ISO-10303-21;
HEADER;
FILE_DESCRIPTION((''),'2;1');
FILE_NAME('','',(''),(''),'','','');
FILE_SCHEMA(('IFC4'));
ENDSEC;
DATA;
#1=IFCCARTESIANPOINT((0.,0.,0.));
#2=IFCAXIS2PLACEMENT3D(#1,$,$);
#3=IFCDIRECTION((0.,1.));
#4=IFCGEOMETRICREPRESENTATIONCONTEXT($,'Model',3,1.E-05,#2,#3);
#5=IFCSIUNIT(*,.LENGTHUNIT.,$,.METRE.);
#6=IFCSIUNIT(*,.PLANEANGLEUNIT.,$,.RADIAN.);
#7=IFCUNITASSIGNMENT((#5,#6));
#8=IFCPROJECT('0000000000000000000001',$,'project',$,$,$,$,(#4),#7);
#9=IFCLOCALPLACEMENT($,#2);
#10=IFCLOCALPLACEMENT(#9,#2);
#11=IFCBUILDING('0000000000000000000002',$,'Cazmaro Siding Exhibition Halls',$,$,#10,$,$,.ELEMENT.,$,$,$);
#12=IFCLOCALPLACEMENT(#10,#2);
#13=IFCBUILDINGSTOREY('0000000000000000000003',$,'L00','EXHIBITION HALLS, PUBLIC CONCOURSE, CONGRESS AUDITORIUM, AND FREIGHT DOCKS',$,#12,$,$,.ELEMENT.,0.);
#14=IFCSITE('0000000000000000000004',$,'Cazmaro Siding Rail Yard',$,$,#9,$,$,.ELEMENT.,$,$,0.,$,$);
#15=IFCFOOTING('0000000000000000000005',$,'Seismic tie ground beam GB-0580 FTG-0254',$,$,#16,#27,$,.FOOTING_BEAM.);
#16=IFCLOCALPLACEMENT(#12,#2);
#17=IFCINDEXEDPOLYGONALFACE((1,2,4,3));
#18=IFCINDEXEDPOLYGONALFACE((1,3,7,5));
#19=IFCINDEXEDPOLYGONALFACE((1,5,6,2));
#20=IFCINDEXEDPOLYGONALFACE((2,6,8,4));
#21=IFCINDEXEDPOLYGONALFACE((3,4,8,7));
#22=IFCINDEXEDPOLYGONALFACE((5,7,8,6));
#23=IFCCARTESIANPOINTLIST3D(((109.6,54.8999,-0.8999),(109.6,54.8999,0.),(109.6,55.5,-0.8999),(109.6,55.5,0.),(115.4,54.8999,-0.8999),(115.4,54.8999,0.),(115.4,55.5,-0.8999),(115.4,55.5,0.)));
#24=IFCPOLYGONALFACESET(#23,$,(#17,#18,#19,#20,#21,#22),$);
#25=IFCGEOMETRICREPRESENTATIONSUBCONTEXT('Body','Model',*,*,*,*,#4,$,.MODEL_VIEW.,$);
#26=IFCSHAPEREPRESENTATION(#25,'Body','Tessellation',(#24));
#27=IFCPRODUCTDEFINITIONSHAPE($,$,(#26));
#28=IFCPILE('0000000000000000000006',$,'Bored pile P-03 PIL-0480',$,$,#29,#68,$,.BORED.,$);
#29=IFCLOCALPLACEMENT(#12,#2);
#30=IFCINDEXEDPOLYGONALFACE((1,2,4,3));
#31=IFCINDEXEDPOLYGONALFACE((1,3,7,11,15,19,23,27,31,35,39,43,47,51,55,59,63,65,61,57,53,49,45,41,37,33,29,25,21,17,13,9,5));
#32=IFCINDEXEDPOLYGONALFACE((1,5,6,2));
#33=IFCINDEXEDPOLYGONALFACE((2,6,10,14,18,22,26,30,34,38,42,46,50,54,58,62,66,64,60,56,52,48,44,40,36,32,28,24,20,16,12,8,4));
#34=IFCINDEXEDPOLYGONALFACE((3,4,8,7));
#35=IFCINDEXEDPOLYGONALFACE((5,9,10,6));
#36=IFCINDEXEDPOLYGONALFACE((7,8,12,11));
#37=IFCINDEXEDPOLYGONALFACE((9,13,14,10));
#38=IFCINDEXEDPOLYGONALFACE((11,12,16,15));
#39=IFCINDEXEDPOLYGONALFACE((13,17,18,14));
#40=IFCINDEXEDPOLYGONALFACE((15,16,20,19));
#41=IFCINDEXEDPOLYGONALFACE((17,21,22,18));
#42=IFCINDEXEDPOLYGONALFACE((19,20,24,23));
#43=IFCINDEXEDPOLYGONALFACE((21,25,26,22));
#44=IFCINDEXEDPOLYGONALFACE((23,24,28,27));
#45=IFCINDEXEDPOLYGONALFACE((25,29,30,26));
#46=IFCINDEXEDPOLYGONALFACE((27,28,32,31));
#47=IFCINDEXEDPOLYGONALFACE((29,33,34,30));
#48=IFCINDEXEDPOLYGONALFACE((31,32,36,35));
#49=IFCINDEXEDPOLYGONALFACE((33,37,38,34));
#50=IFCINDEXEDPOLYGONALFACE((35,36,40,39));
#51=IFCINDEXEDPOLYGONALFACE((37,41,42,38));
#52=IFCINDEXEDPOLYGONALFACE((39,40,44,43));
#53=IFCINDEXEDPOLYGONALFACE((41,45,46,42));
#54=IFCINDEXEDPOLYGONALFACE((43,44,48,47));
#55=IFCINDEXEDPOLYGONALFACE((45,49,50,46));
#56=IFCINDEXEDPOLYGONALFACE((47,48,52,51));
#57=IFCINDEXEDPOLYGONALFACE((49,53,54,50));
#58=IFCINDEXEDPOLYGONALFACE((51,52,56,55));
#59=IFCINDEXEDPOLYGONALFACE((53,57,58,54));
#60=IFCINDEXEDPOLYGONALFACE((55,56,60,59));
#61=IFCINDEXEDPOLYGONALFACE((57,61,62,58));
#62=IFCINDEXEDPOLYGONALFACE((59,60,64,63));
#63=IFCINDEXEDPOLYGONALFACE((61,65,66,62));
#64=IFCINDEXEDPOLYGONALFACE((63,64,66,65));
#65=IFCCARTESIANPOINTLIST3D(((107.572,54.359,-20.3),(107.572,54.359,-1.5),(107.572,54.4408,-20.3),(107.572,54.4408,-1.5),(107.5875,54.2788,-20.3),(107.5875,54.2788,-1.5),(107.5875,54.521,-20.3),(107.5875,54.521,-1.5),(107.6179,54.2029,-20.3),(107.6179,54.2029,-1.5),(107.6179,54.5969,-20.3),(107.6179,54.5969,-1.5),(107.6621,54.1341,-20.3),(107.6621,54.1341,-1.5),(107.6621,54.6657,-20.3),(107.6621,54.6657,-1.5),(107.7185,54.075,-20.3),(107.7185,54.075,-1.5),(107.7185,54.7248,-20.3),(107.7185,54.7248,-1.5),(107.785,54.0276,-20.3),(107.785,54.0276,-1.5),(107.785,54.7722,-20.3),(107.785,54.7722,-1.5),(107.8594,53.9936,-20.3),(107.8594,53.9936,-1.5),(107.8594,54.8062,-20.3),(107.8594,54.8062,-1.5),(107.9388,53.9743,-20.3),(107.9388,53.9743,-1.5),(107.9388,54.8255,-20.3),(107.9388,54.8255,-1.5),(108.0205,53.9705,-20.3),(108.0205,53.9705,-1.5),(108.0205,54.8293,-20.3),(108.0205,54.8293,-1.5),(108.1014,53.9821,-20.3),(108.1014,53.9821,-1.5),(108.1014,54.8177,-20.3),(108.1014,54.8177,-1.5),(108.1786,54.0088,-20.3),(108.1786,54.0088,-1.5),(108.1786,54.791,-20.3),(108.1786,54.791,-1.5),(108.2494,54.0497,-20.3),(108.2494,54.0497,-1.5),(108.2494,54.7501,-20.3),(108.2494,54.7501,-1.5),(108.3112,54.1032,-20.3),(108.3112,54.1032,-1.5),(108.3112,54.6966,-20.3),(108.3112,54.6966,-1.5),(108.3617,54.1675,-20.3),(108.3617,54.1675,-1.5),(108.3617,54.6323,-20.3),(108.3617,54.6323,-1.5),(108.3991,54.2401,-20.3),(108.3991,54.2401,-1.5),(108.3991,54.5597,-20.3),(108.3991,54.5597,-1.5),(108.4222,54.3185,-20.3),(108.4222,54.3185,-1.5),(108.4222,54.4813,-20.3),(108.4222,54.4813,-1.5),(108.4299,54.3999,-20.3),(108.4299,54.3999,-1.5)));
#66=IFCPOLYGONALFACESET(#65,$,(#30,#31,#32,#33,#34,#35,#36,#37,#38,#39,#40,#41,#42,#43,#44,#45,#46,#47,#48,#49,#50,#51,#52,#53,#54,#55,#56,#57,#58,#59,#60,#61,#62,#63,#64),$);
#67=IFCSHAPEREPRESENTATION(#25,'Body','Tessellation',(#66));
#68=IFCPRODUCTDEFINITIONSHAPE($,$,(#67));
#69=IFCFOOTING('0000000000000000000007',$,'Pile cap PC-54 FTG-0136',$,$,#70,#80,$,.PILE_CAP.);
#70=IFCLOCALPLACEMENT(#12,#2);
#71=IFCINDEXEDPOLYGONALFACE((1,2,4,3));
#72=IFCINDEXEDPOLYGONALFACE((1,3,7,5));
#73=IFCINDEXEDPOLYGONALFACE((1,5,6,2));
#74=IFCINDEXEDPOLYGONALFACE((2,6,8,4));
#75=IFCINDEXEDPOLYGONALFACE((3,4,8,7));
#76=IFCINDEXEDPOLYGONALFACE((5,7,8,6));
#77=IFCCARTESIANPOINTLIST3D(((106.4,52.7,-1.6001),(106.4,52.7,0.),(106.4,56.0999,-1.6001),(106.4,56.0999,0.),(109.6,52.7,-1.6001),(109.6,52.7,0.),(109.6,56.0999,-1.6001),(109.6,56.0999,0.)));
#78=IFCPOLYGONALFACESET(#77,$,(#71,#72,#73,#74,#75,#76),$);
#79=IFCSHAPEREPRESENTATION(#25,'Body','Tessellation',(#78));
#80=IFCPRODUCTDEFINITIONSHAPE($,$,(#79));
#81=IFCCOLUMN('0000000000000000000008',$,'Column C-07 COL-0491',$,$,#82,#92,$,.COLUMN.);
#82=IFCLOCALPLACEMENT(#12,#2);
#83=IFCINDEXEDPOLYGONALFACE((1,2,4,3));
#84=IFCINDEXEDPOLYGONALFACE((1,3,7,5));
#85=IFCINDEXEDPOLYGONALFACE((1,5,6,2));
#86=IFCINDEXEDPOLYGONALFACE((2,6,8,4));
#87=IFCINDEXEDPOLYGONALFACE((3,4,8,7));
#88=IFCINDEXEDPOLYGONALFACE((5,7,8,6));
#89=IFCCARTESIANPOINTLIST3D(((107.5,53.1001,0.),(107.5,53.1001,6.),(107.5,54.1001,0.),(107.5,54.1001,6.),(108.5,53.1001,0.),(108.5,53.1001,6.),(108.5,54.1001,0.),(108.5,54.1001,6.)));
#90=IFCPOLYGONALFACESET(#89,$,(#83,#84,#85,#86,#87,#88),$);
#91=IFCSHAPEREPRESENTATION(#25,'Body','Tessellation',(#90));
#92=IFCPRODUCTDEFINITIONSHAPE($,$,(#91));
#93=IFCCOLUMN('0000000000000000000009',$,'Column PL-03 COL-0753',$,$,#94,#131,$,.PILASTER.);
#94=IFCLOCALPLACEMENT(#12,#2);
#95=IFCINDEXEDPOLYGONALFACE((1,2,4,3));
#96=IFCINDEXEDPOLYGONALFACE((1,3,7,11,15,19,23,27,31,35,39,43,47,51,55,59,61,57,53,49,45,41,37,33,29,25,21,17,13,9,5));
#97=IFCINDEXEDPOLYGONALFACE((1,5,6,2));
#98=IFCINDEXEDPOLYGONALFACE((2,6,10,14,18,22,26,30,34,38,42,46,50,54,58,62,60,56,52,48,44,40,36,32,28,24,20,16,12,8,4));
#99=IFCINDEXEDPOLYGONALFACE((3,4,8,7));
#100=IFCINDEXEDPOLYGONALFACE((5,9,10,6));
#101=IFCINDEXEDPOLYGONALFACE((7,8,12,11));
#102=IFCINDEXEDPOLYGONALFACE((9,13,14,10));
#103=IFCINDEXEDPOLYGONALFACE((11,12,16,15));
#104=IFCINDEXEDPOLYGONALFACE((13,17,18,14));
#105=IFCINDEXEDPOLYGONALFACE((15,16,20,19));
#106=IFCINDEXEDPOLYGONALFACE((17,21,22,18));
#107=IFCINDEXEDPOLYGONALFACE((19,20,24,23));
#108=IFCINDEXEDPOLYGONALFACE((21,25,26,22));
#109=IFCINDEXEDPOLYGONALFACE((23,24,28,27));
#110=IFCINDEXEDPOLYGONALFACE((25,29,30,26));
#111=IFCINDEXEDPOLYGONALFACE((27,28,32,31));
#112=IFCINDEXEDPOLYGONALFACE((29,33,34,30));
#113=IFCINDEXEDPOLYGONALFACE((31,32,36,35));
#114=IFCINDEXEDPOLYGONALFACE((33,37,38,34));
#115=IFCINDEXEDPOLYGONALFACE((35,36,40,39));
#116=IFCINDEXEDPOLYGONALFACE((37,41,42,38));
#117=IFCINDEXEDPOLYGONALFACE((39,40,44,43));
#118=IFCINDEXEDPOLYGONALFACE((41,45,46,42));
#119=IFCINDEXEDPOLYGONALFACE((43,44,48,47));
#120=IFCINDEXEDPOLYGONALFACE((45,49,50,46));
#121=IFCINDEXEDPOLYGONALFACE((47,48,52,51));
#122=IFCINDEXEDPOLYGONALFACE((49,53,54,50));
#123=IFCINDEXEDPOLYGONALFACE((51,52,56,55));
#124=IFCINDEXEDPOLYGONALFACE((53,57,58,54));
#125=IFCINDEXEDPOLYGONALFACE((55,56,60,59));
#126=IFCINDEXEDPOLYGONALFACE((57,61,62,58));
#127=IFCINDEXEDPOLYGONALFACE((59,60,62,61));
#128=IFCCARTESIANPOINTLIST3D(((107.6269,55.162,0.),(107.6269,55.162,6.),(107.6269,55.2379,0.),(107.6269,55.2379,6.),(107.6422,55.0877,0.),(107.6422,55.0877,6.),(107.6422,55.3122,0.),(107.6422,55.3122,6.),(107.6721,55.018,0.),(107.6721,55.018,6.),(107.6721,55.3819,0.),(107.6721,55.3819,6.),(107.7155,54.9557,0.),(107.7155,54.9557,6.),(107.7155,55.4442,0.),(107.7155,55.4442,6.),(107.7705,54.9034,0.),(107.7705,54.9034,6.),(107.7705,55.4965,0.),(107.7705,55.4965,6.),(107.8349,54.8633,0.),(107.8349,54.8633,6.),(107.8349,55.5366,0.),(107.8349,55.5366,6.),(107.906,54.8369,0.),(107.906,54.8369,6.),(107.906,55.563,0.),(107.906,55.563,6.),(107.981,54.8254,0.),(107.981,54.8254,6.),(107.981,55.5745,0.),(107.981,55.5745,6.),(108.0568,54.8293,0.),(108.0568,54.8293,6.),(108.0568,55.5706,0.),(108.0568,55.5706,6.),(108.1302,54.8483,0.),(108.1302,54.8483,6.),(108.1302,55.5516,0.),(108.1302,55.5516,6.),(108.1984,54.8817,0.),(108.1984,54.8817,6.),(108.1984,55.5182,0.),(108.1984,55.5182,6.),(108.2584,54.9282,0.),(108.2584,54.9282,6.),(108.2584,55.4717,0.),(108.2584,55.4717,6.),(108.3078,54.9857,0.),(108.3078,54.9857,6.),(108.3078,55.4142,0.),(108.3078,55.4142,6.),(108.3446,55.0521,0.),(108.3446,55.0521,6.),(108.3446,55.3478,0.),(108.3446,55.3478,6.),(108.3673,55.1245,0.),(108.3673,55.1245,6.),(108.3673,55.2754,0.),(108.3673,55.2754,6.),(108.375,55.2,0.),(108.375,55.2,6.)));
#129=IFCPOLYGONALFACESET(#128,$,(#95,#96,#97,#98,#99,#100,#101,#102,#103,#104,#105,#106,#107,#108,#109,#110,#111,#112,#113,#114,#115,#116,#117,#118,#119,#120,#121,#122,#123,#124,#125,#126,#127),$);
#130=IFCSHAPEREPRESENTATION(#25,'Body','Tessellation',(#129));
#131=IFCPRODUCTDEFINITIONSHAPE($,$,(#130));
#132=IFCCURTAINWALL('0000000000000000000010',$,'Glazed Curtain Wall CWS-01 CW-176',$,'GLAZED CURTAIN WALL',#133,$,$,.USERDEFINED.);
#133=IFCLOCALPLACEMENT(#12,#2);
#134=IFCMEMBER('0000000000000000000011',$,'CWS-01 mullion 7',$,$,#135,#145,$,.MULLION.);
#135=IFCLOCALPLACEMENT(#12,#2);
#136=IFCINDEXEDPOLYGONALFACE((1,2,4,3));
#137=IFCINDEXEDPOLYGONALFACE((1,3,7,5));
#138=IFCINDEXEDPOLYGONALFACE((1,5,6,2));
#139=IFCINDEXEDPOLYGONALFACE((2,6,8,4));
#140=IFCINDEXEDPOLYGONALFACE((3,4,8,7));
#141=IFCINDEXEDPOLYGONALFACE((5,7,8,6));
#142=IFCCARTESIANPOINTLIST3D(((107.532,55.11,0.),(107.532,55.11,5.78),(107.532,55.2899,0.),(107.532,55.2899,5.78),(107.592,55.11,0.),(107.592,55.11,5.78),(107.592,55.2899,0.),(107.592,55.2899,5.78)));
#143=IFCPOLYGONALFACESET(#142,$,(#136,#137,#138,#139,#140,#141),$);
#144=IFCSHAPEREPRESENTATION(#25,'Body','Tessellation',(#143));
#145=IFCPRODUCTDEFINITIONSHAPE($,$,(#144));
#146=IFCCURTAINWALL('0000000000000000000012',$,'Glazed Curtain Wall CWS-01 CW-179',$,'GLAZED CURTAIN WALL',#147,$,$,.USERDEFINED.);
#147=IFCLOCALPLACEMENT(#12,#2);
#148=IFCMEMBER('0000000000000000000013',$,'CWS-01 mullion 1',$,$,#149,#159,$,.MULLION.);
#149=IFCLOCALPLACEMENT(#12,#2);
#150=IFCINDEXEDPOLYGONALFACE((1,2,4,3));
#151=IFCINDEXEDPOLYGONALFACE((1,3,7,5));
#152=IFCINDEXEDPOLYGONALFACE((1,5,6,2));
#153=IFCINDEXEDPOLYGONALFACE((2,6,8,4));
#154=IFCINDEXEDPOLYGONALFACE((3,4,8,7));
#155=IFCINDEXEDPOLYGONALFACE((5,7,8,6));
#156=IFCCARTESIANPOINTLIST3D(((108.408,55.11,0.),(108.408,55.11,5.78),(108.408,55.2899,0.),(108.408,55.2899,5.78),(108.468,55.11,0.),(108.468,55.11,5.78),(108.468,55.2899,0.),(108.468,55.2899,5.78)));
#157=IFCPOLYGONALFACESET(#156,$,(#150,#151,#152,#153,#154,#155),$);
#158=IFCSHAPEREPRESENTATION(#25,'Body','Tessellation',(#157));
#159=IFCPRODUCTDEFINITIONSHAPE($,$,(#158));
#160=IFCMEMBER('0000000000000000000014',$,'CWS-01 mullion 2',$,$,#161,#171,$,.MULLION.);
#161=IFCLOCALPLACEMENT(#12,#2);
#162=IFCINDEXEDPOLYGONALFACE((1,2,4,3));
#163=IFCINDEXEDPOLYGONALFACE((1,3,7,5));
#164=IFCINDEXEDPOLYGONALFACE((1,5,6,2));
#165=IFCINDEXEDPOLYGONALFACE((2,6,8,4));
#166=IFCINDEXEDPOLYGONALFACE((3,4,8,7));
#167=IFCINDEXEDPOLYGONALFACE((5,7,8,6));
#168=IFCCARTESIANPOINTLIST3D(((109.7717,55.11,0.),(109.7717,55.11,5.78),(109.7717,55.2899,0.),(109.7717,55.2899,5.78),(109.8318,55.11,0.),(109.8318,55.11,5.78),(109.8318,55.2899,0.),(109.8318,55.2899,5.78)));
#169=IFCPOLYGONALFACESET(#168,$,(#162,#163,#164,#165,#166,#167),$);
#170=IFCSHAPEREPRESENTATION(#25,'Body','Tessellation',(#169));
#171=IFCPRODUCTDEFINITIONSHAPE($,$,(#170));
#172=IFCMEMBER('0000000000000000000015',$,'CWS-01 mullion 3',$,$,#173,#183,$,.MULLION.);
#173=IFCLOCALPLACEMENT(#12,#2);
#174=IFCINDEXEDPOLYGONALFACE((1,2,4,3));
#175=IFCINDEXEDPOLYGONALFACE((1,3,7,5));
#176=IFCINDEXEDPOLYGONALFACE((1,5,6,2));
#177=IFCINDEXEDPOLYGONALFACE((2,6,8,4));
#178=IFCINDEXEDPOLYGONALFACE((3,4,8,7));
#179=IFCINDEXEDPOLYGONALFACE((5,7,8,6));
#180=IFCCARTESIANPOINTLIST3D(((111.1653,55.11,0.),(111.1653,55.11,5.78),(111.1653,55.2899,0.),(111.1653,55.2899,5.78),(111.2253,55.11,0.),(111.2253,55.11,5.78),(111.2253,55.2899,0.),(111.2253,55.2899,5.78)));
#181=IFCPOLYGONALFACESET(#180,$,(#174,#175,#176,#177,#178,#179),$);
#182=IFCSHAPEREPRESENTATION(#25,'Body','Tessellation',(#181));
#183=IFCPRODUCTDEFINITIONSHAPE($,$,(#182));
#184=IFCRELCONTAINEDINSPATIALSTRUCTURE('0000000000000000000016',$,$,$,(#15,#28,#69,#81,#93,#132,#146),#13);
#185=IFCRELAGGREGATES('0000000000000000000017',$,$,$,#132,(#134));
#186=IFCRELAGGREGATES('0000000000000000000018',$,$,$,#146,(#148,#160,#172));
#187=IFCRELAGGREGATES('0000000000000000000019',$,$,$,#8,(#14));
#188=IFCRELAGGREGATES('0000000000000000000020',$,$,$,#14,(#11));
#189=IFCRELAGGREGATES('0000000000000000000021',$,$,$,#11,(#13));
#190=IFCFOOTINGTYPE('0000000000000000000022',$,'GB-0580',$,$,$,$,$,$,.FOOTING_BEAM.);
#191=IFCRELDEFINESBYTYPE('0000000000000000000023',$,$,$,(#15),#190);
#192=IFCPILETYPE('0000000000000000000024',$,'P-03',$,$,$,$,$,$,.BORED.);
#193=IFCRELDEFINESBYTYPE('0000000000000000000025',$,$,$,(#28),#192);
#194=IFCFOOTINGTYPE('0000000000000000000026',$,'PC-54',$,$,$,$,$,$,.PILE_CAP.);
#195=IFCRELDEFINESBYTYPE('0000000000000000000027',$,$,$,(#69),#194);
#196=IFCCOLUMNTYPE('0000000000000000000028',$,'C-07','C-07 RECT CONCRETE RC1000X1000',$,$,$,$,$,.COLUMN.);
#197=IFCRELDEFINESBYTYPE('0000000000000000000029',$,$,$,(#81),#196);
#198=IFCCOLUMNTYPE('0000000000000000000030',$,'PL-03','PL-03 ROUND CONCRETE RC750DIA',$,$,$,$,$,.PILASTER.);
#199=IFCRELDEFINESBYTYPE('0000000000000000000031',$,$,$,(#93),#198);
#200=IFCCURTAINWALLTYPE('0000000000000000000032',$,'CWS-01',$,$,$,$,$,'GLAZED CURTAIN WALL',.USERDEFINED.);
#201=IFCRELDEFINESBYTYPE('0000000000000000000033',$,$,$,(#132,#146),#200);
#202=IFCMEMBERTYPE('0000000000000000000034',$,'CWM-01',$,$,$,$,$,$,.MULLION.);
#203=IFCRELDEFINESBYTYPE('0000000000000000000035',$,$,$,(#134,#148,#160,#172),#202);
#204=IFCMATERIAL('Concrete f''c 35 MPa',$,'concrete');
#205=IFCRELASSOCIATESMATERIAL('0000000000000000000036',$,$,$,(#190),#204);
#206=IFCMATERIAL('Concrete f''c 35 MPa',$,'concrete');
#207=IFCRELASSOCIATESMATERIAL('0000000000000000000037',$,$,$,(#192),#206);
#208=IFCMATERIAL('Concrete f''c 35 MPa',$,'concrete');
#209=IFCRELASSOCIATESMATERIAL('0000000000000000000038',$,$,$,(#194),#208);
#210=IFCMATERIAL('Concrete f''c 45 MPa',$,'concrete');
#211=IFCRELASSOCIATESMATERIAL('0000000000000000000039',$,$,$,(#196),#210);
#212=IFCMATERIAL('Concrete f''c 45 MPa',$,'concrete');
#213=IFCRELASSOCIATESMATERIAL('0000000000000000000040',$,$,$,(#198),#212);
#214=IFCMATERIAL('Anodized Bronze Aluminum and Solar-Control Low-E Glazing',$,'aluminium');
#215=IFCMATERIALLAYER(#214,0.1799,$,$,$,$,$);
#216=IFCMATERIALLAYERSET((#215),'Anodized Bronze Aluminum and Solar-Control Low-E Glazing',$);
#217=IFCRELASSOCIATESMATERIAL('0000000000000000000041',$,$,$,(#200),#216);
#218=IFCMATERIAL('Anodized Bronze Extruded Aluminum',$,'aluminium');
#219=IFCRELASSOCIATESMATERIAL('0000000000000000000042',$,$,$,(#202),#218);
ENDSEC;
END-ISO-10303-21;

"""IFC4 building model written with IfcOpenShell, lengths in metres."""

from ifc_helpers import new_model, si_unit, direction, frame, origin, origin_2d, place, context, subcontext, project, spatial, rectangle, circle, extrude, material, layer, layer_set, material_profile, profile_set, type_object, element, aggregate, save


model = new_model("IFC4")

# Units and contexts
model_context = context("Model", 3, precision=1e-05, world=origin(), true_north=direction((0.0, 1.0)))
body_context = subcontext(model_context, "Body", "Model", "MODEL_VIEW")
ifc_project = project(units=[si_unit("LENGTHUNIT", "METRE"), si_unit("PLANEANGLEUNIT", "RADIAN")], contexts=[model_context])

# Site, building, storey
site_placement = place(None, origin())
site = spatial("IfcSite", under=ifc_project, at=site_placement, Name="Cazmaro Siding Rail Yard", CompositionType="ELEMENT", RefElevation=0.0)
building_placement = place(site_placement, origin())
building = spatial("IfcBuilding", under=site, at=building_placement, Name="Cazmaro Siding Exhibition Halls", CompositionType="ELEMENT")
storey_placement = place(building_placement, origin())
storey = spatial("IfcBuildingStorey", under=building, at=storey_placement, Name="L00", Description="EXHIBITION HALLS, PUBLIC CONCOURSE, CONGRESS AUDITORIUM, AND FREIGHT DOCKS", CompositionType="ELEMENT", Elevation=0.0)

# Footing
ifc_material_1 = material(Name="Concrete f'c 35 MPa", Category="concrete")
footing_type_1 = type_object("IfcFootingType", Name="GB-0580", PredefinedType="FOOTING_BEAM", material=ifc_material_1)
footing_1_placement = place(storey_placement, frame((112.5, 55.2, -0.8999), z_axis=(0.0, 0.0, 1.0), x_axis=(1.0, 0.0, 0.0)))
element("IfcFooting", 1, at=footing_1_placement, inside=storey, type_object=footing_type_1, Name="Seismic tie ground beam GB-0580 FTG-0254", PredefinedType="FOOTING_BEAM", context=body_context, shape_type="SweptSolid", body=[
    extrude(rectangle(XDim=5.8, YDim=0.6001, at=origin_2d()), origin(), (0.0, 0.0, 1.0), 0.8999),
])

# Pile
ifc_material_2 = material(Name="Concrete f'c 35 MPa", Category="concrete")
ifc_material_profile_1 = material_profile(ifc_material_2, circle(Radius=0.4299, at=origin_2d()), Name="CIDH-860")
ifc_profile_set_1 = profile_set([ifc_material_profile_1], Name="Concrete f'c 35 MPa")
pile_type = type_object("IfcPileType", Name="P-03", PredefinedType="BORED", material=ifc_profile_set_1)
pile_placement = place(storey_placement, frame((108.0, 54.3999, -1.5), z_axis=(0.0, 0.0, -1.0), x_axis=(1.0, 0.0, 0.0)))
element("IfcPile", 2, at=pile_placement, inside=storey, type_object=pile_type, Name="Bored pile P-03 PIL-0480", PredefinedType="BORED", context=body_context, shape_type="SweptSolid", body=[
    extrude(circle(Radius=0.4299, at=origin_2d()), origin(), (0.0, 0.0, 1.0), 18.8),
])

# Footing
ifc_material_3 = material(Name="Concrete f'c 35 MPa", Category="concrete")
footing_type_2 = type_object("IfcFootingType", Name="PC-54", PredefinedType="PILE_CAP", material=ifc_material_3)
footing_2_placement = place(storey_placement, frame((108.0, 54.3999, -1.6001), z_axis=(0.0, 0.0, 1.0), x_axis=(1.0, 0.0, 0.0)))
element("IfcFooting", 3, at=footing_2_placement, inside=storey, type_object=footing_type_2, Name="Pile cap PC-54 FTG-0136", PredefinedType="PILE_CAP", context=body_context, shape_type="SweptSolid", body=[
    extrude(rectangle(XDim=3.2, YDim=3.3999, at=origin_2d()), origin(), (0.0, 0.0, 1.0), 1.6001),
])

# Columns
ifc_material_4 = material(Name="Concrete f'c 45 MPa", Category="concrete")
ifc_material_profile_2 = material_profile(ifc_material_4, rectangle(XDim=1.0, YDim=1.0, at=origin_2d()), Name="RC1000X1000")
ifc_profile_set_2 = profile_set([ifc_material_profile_2], Name="Concrete f'c 45 MPa")
column_type_1 = type_object("IfcColumnType", Name="C-07", Description="C-07 RECT CONCRETE RC1000X1000", PredefinedType="COLUMN", material=ifc_profile_set_2)
column_1_placement = place(storey_placement, frame((108.0, 53.6001, 0.0), z_axis=(0.0, 0.0, 1.0), x_axis=(1.0, 0.0, 0.0)))
element("IfcColumn", 4, at=column_1_placement, inside=storey, type_object=column_type_1, Name="Column C-07 COL-0491", PredefinedType="COLUMN", context=body_context, shape_type="SweptSolid", body=[
    extrude(rectangle(XDim=1.0, YDim=1.0, at=origin_2d()), origin(), (0.0, 0.0, 1.0), 6.0),
])
ifc_material_5 = material(Name="Concrete f'c 45 MPa", Category="concrete")
ifc_material_profile_3 = material_profile(ifc_material_5, circle(Radius=0.375, at=origin_2d()), Name="RC750DIA")
ifc_profile_set_3 = profile_set([ifc_material_profile_3], Name="Concrete f'c 45 MPa")
column_type_2 = type_object("IfcColumnType", Name="PL-03", Description="PL-03 ROUND CONCRETE RC750DIA", PredefinedType="PILASTER", material=ifc_profile_set_3)
column_2_placement = place(storey_placement, frame((108.0, 55.2, 0.0), z_axis=(0.0, 0.0, 1.0), x_axis=(1.0, 0.0, 0.0)))
element("IfcColumn", 5, at=column_2_placement, inside=storey, type_object=column_type_2, Name="Column PL-03 COL-0753", PredefinedType="PILASTER", context=body_context, shape_type="SweptSolid", body=[
    extrude(circle(Radius=0.375, at=origin_2d()), origin(), (0.0, 0.0, 1.0), 6.0),
])

# Curtain wall, member
ifc_material_6 = material(Name="Anodized Bronze Aluminum and Solar-Control Low-E Glazing", Category="aluminium")
ifc_layer_1 = layer(ifc_material_6, 0.1799)
ifc_layer_set_1 = layer_set([ifc_layer_1], Name="Anodized Bronze Aluminum and Solar-Control Low-E Glazing")
curtain_wall_type = type_object("IfcCurtainWallType", Name="CWS-01", ElementType="GLAZED CURTAIN WALL", PredefinedType="USERDEFINED", material=ifc_layer_set_1)
curtain_wall_1_placement = place(storey_placement, origin())
curtain_wall_1 = element("IfcCurtainWall", 6, at=curtain_wall_1_placement, inside=storey, type_object=curtain_wall_type, Name="Glazed Curtain Wall CWS-01 CW-176", ObjectType="GLAZED CURTAIN WALL", PredefinedType="USERDEFINED")
ifc_material_7 = material(Name="Anodized Bronze Extruded Aluminum", Category="aluminium")
ifc_material_profile_4 = material_profile(ifc_material_7, rectangle(XDim=0.1799, YDim=0.0601, at=origin_2d()), Name="CWM-01")
ifc_profile_set_4 = profile_set([ifc_material_profile_4], Name="Anodized Bronze Extruded Aluminum")
member_type_1 = type_object("IfcMemberType", Name="CWM-01", PredefinedType="MULLION", material=ifc_profile_set_4)
member_1_placement = place(storey_placement, frame((107.562, 55.2, 0.0), z_axis=(0.0, 0.0, 1.0), x_axis=(0.0, 1.0, 0.0)))
member_1 = element("IfcMember", 7, at=member_1_placement, type_object=member_type_1, Name="CWS-01 mullion 7", PredefinedType="MULLION", context=body_context, shape_type="SweptSolid", body=[
    extrude(rectangle(XDim=0.1799, YDim=0.0601, at=origin_2d()), origin(), (0.0, 0.0, 1.0), 5.78),
])

# Curtain wall, members
curtain_wall_2_placement = place(storey_placement, origin())
curtain_wall_2 = element("IfcCurtainWall", 8, at=curtain_wall_2_placement, inside=storey, type_object=curtain_wall_type, Name="Glazed Curtain Wall CWS-01 CW-179", ObjectType="GLAZED CURTAIN WALL", PredefinedType="USERDEFINED")
member_2_placement = place(storey_placement, frame((108.438, 55.2, 0.0), z_axis=(0.0, 0.0, 1.0), x_axis=(0.0, 1.0, 0.0)))
member_2 = element("IfcMember", 9, at=member_2_placement, type_object=member_type_1, Name="CWS-01 mullion 1", PredefinedType="MULLION", context=body_context, shape_type="SweptSolid", body=[
    extrude(rectangle(XDim=0.1799, YDim=0.0601, at=origin_2d()), origin(), (0.0, 0.0, 1.0), 5.78),
])
member_3_placement = place(storey_placement, frame((109.8018, 55.2, 0.0), z_axis=(0.0, 0.0, 1.0), x_axis=(0.0, 1.0, 0.0)))
member_3 = element("IfcMember", 10, at=member_3_placement, type_object=member_type_1, Name="CWS-01 mullion 2", PredefinedType="MULLION", context=body_context, shape_type="SweptSolid", body=[
    extrude(rectangle(XDim=0.1799, YDim=0.0601, at=origin_2d()), origin(), (0.0, 0.0, 1.0), 5.78),
])
member_4_placement = place(storey_placement, frame((111.1953, 55.2, 0.0), z_axis=(0.0, 0.0, 1.0), x_axis=(0.0, 1.0, 0.0)))
member_4 = element("IfcMember", 11, at=member_4_placement, type_object=member_type_1, Name="CWS-01 mullion 3", PredefinedType="MULLION", context=body_context, shape_type="SweptSolid", body=[
    extrude(rectangle(XDim=0.1799, YDim=0.0601, at=origin_2d()), origin(), (0.0, 0.0, 1.0), 5.78),
])

aggregate(curtain_wall_1, [member_1])
aggregate(curtain_wall_2, [member_2, member_3, member_4])

save(model, "model.ifc")
